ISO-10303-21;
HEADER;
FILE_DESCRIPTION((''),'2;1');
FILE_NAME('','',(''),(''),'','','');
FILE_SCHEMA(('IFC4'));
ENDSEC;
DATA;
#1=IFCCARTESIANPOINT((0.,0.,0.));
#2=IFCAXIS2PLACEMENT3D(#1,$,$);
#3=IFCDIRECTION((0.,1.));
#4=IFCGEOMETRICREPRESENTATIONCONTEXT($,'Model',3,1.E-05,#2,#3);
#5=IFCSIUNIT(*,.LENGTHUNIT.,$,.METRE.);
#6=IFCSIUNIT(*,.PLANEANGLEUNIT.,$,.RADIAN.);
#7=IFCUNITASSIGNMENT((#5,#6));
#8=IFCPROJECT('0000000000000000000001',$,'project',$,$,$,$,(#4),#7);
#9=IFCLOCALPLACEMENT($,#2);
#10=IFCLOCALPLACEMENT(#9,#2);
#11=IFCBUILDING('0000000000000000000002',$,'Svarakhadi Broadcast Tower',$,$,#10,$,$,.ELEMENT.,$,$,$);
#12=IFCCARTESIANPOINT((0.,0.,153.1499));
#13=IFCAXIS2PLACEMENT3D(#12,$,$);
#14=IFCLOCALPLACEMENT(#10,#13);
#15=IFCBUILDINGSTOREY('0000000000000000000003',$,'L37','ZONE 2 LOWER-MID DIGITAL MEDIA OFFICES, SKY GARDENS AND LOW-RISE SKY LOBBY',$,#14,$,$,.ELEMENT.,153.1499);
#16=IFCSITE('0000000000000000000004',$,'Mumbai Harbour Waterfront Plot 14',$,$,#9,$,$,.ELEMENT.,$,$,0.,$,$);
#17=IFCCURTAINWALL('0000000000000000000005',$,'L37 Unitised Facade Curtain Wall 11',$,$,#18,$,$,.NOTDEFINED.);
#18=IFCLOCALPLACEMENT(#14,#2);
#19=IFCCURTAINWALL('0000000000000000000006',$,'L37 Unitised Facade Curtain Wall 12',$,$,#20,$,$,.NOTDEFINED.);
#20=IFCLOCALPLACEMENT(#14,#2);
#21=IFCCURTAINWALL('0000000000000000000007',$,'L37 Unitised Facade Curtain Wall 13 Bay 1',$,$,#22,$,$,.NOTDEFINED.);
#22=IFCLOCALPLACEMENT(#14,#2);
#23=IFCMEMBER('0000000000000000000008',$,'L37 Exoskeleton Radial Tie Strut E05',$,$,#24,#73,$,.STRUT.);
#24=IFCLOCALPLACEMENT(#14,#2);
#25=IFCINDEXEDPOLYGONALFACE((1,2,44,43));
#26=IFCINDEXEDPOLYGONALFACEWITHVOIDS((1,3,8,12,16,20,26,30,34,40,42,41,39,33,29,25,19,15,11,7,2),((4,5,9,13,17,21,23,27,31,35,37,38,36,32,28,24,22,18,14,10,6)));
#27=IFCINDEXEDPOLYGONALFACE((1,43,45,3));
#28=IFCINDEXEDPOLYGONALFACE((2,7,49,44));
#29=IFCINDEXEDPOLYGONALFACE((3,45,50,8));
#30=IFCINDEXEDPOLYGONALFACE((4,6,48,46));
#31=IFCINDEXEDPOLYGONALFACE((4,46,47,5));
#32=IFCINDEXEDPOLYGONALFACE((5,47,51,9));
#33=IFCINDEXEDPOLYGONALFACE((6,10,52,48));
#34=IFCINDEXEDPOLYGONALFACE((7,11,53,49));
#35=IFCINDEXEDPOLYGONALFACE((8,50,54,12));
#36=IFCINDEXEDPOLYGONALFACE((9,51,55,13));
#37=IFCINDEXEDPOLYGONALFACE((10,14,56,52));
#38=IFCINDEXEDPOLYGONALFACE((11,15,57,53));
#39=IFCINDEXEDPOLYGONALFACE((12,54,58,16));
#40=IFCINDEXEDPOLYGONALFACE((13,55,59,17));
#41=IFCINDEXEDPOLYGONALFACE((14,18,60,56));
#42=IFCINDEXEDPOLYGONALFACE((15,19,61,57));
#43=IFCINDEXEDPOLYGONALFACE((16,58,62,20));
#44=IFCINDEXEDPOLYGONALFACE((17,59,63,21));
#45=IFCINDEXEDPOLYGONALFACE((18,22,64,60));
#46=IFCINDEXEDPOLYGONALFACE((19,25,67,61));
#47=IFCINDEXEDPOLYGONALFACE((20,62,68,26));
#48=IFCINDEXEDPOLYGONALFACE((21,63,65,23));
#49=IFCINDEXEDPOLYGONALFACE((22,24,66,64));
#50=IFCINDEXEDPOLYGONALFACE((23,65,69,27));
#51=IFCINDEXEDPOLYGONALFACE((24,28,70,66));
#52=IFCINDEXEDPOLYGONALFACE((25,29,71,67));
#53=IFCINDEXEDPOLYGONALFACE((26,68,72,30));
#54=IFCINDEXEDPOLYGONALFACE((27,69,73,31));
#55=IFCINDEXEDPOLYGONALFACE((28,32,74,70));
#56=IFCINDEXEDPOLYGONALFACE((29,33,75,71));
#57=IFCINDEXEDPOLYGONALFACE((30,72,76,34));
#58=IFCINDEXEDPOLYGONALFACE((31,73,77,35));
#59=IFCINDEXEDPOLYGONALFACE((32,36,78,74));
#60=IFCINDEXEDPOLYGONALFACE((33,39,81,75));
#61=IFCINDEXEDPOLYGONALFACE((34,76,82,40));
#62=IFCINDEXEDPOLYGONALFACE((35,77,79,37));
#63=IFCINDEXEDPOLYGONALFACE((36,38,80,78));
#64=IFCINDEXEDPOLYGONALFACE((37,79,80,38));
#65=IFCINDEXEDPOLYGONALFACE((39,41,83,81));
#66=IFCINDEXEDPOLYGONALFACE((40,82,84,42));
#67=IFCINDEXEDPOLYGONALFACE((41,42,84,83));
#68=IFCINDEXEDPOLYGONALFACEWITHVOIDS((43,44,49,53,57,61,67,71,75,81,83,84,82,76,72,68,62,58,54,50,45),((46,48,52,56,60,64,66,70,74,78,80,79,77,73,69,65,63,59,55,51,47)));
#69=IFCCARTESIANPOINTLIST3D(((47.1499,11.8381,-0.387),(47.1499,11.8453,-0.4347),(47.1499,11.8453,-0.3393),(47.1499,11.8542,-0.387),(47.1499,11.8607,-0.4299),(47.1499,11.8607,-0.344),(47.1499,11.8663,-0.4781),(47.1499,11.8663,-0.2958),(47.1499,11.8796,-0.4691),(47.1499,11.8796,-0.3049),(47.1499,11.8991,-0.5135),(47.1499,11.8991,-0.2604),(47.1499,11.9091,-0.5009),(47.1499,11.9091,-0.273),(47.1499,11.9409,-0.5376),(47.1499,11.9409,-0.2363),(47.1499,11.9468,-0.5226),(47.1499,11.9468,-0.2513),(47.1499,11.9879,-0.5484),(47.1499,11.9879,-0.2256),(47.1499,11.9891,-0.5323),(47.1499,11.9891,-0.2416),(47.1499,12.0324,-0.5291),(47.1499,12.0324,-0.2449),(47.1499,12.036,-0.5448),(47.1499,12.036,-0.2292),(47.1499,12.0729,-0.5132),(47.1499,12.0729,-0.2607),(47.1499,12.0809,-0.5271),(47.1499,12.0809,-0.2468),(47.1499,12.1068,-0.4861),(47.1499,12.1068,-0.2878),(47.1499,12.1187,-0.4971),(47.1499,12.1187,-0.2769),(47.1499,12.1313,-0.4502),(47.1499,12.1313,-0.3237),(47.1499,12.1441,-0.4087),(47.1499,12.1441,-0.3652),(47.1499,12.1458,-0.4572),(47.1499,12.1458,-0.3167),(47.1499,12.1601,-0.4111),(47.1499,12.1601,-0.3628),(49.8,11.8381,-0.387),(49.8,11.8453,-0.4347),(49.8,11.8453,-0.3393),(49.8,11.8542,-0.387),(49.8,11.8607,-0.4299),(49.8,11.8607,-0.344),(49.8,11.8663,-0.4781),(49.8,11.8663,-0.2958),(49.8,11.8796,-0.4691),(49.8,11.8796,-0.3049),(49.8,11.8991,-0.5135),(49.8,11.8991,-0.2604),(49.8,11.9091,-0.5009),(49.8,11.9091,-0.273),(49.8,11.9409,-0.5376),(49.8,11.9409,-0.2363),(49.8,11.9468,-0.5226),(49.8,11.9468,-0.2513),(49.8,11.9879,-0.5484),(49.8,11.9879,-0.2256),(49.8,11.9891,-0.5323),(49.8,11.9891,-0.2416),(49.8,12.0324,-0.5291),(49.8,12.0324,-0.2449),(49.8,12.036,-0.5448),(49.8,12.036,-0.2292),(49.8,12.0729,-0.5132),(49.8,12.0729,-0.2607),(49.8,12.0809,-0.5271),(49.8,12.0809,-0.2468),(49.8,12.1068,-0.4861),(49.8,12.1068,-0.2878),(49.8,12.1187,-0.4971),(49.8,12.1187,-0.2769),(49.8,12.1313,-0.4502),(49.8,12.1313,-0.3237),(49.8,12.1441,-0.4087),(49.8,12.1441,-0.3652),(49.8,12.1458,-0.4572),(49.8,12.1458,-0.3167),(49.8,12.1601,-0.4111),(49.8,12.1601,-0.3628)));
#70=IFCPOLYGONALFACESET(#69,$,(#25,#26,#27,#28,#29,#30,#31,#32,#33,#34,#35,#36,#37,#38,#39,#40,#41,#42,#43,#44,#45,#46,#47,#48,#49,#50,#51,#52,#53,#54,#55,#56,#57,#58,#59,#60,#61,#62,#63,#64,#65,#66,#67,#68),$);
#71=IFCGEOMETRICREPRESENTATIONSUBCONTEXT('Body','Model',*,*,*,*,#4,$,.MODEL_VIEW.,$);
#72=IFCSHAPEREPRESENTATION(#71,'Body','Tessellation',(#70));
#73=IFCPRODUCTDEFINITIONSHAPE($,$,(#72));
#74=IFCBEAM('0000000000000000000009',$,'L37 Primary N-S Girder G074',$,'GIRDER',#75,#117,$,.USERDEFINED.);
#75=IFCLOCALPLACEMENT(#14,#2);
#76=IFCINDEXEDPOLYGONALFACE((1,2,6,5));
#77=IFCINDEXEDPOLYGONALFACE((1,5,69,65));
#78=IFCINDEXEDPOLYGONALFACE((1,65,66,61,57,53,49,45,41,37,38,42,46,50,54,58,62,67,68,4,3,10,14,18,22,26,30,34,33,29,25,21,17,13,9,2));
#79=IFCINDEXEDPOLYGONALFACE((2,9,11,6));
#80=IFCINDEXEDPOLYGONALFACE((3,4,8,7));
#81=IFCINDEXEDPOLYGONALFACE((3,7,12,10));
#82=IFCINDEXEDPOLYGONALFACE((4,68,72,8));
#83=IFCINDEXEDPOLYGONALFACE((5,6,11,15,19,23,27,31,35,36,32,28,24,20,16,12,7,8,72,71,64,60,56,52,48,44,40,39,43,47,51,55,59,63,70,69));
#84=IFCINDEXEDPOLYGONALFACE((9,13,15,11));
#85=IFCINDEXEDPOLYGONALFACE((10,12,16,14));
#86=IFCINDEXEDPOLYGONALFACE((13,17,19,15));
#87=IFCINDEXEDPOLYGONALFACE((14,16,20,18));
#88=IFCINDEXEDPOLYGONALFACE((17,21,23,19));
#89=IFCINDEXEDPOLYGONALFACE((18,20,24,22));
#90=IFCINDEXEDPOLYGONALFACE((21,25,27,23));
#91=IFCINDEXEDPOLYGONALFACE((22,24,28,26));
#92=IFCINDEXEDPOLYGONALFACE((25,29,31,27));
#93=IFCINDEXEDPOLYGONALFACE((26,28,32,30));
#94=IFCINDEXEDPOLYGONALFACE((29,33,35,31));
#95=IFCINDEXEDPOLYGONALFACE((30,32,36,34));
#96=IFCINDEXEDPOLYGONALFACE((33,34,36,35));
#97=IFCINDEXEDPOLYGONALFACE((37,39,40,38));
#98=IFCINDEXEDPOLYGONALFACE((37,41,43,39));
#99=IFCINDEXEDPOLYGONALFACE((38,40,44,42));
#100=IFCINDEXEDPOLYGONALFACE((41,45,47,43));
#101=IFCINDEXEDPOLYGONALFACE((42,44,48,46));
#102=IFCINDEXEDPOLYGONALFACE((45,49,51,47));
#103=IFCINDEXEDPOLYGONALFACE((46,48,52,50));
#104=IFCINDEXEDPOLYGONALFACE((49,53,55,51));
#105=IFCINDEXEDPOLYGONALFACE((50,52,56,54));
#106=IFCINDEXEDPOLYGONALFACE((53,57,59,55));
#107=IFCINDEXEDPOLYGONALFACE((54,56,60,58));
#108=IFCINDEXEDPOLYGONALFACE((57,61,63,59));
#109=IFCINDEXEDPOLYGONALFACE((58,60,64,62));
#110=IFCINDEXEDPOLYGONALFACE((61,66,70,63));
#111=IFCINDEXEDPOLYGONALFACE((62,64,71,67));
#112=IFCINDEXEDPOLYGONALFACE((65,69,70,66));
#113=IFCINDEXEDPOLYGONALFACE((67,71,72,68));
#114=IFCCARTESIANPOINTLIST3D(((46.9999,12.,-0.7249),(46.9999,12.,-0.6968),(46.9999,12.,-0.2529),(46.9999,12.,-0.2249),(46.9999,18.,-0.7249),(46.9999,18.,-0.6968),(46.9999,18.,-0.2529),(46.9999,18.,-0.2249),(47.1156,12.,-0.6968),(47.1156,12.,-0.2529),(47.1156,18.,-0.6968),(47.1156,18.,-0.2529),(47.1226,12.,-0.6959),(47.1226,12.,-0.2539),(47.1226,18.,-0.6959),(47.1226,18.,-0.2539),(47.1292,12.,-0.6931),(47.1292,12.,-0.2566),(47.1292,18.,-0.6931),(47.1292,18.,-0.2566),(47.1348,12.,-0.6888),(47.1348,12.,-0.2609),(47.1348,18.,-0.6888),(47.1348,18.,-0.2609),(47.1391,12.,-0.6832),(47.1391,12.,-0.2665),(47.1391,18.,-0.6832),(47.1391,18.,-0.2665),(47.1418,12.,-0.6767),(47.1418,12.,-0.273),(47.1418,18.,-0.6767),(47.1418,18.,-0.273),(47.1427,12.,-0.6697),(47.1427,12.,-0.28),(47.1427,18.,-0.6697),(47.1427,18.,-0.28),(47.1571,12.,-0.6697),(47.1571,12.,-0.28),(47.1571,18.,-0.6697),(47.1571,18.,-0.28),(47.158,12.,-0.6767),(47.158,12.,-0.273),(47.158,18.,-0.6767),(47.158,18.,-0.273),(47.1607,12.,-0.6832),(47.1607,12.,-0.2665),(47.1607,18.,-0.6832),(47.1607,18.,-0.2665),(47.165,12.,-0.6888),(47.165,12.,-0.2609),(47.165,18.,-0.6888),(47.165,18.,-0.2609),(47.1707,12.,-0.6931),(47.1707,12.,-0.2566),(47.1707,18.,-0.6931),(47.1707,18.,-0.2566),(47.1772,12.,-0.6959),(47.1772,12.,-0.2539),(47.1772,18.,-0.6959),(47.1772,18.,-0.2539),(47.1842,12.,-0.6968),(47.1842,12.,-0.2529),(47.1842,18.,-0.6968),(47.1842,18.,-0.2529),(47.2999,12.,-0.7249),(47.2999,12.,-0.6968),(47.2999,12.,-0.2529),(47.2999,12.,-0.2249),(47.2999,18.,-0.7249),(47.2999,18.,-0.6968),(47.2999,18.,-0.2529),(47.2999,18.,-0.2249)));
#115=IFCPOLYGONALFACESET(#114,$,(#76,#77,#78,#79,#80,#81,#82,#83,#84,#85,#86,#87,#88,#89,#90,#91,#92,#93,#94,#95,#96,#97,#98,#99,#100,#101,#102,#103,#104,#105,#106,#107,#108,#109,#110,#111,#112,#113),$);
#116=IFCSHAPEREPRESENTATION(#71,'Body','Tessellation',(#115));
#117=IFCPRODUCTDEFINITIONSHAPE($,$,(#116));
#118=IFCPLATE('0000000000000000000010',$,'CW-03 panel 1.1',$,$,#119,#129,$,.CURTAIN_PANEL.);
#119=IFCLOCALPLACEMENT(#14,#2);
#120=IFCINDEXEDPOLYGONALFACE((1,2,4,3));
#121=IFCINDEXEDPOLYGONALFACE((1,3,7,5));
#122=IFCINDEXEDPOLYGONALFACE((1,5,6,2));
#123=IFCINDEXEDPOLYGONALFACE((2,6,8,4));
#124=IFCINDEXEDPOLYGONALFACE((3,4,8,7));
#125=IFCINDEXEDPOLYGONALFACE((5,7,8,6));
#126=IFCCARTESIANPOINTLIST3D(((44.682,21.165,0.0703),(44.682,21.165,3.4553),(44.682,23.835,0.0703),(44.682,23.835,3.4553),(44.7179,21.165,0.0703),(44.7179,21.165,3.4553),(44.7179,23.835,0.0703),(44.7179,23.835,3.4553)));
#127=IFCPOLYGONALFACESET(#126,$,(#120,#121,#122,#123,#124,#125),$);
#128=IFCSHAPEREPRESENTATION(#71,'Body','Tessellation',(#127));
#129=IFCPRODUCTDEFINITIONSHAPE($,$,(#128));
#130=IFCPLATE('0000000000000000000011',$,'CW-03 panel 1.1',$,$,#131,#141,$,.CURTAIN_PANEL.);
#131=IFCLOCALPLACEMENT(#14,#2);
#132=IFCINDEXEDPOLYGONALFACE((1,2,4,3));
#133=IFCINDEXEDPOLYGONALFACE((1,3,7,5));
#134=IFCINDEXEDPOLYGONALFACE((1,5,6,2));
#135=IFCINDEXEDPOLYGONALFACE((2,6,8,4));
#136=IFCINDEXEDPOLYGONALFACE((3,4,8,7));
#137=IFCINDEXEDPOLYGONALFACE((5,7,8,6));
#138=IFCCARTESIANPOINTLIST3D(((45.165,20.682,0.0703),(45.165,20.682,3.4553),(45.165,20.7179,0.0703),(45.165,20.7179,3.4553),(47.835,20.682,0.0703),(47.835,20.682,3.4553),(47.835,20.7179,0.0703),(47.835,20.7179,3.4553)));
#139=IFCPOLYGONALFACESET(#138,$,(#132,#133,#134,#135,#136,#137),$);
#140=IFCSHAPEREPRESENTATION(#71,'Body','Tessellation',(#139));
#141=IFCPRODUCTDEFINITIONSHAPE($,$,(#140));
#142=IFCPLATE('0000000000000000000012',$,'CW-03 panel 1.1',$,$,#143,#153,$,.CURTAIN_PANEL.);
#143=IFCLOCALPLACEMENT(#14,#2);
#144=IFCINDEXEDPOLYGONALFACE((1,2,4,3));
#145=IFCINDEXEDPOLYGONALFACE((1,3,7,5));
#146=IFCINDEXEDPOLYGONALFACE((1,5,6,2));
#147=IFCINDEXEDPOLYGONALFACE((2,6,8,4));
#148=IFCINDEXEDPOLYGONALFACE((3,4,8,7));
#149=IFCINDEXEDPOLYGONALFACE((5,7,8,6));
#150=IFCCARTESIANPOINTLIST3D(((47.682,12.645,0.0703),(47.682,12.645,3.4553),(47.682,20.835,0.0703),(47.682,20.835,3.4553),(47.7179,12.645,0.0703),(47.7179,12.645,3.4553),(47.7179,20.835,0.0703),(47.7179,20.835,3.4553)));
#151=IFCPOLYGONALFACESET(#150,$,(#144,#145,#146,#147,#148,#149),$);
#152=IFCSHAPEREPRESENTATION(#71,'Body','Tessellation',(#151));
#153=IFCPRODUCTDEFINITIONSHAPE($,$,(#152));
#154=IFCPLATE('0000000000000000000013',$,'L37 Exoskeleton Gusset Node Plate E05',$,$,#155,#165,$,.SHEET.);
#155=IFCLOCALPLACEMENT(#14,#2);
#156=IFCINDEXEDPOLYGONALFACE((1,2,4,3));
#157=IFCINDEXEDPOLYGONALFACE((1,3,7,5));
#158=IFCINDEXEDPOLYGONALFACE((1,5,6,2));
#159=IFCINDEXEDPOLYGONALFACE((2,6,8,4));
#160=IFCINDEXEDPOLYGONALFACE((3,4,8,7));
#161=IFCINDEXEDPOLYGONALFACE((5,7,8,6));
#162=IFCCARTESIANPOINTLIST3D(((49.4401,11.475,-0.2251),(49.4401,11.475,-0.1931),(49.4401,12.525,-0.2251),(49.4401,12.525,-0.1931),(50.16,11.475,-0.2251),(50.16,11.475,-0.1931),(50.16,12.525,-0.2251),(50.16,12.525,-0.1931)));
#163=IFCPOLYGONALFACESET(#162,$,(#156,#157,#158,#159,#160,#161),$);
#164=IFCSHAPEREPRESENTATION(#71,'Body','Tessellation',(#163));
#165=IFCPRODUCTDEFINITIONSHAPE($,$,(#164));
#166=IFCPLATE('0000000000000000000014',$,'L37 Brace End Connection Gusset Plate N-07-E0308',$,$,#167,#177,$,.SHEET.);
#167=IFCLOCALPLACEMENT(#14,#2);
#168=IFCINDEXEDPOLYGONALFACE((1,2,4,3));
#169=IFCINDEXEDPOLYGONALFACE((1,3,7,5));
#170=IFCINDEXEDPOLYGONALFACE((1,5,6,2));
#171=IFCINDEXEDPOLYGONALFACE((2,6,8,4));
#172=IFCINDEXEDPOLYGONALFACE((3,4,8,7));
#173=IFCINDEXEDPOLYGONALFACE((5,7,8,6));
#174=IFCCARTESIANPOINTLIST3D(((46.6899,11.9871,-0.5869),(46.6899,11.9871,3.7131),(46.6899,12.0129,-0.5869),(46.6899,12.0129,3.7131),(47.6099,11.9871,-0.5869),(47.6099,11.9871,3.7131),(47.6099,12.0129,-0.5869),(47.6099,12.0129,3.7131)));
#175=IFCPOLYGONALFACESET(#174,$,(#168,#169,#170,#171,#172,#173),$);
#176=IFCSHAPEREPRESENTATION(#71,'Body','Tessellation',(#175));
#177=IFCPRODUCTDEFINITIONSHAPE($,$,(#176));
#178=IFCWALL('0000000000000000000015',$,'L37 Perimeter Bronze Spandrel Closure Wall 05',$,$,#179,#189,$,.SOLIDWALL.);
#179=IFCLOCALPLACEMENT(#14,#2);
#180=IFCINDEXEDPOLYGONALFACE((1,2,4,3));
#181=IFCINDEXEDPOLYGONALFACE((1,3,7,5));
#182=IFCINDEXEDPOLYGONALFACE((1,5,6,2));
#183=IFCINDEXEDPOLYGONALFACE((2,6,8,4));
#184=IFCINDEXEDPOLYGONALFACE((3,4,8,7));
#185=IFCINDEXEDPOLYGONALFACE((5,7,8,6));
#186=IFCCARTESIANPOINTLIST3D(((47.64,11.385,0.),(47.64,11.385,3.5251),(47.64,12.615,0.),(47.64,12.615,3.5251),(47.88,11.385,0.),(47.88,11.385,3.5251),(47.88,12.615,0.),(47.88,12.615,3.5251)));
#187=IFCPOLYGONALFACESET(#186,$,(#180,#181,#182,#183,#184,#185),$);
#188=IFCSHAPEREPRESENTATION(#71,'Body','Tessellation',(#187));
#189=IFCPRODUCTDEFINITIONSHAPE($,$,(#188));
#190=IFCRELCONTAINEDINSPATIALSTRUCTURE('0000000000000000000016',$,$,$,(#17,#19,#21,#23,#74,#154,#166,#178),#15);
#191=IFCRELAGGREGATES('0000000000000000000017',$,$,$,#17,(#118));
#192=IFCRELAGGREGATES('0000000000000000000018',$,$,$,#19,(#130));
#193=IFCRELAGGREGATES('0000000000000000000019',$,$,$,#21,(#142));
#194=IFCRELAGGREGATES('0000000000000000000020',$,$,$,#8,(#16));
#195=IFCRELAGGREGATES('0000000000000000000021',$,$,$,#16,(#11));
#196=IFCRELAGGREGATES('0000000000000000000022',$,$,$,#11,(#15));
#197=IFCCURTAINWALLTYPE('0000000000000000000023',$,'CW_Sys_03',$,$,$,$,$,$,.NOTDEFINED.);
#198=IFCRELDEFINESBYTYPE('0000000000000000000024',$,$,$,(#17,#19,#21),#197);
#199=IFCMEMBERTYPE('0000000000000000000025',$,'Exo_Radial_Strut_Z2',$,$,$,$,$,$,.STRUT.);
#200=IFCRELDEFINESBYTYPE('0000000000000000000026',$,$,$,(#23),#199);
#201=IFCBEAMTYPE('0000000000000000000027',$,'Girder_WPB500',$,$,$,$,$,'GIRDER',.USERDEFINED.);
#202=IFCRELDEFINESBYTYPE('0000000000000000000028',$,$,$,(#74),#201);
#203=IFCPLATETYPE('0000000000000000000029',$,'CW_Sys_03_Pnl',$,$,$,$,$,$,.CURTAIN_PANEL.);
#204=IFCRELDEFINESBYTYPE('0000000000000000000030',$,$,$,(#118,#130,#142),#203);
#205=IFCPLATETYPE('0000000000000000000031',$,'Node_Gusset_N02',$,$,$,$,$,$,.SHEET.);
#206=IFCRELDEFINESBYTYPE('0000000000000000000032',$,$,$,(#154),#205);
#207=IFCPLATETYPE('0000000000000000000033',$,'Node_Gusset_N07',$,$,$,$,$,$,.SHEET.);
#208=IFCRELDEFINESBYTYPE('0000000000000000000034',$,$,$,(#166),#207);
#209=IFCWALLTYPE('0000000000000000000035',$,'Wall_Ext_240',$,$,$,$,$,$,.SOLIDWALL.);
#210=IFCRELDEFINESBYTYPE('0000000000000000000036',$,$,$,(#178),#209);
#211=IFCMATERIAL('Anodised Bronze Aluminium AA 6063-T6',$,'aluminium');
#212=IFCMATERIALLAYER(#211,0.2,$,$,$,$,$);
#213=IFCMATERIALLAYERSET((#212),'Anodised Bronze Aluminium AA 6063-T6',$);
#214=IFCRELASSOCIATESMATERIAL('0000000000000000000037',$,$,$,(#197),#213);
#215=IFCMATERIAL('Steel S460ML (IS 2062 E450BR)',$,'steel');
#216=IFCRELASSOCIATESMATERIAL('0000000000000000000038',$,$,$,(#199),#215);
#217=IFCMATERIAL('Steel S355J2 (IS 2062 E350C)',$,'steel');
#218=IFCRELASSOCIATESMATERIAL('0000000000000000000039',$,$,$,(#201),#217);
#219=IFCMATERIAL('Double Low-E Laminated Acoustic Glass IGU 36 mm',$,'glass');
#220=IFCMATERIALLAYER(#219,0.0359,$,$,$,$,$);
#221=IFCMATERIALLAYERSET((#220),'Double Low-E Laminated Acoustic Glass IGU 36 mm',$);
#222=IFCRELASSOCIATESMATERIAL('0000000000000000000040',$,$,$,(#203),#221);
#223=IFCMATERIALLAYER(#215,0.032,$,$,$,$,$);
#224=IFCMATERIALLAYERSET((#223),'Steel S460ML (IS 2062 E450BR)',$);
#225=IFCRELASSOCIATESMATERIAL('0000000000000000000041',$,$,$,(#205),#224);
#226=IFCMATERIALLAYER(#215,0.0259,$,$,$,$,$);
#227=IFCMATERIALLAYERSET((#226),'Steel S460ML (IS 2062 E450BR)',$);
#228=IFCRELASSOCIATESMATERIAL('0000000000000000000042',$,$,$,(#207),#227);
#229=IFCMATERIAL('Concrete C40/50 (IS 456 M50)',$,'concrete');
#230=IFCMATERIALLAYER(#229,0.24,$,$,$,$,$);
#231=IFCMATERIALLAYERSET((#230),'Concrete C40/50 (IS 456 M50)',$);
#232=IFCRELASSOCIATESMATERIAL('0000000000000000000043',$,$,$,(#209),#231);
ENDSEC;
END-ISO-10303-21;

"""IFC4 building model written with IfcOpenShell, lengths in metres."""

from ifc_helpers import new_model, si_unit, direction, frame, frame_2d, origin, origin_2d, place, context, subcontext, project, spatial, rectangle, hollow_circle, i_section, extrude, material, layer, layer_set, material_profile, profile_set, type_object, element, aggregate, save


model = new_model("IFC4")

# Units and contexts
model_context = context("Model", 3, precision=1e-05, world=origin(), true_north=direction((0.0, 1.0)))
body_context = subcontext(model_context, "Body", "Model", "MODEL_VIEW")
ifc_project = project(units=[si_unit("LENGTHUNIT", "METRE"), si_unit("PLANEANGLEUNIT", "RADIAN")], contexts=[model_context])

# Site, building, storey
site_placement = place(None, origin())
site = spatial("IfcSite", under=ifc_project, at=site_placement, Name="Mumbai Harbour Waterfront Plot 14", CompositionType="ELEMENT", RefElevation=0.0)
building_placement = place(site_placement, origin())
building = spatial("IfcBuilding", under=site, at=building_placement, Name="Svarakhadi Broadcast Tower", CompositionType="ELEMENT")
storey_placement = place(building_placement, frame((0.0, 0.0, 153.1499)))
storey = spatial("IfcBuildingStorey", under=building, at=storey_placement, Name="L37", Description="ZONE 2 LOWER-MID DIGITAL MEDIA OFFICES, SKY GARDENS AND LOW-RISE SKY LOBBY", CompositionType="ELEMENT", Elevation=153.1499)

# Shared definitions
ifc_material_1 = material(Name="Steel S460ML (IS 2062 E450BR)", Category="steel")

# Shared definitions
ifc_material_2 = material(Name="Steel S355J2 (IS 2062 E350C)", Category="steel")

# Shared definitions
ifc_material_3 = material(Name="Anodised Bronze Aluminium AA 6063-T6", Category="aluminium")
ifc_layer_1 = layer(ifc_material_3, 0.2)
ifc_layer_set_1 = layer_set([ifc_layer_1], Name="Anodised Bronze Aluminium AA 6063-T6")
curtain_wall_type = type_object("IfcCurtainWallType", Name="CW_Sys_03", PredefinedType="NOTDEFINED", material=ifc_layer_set_1)

# Curtain walls
curtain_wall_1_placement = place(storey_placement, origin())
curtain_wall_1 = element("IfcCurtainWall", 1, at=curtain_wall_1_placement, inside=storey, type_object=curtain_wall_type, Name="L37 Unitised Facade Curtain Wall 11", PredefinedType="NOTDEFINED")
curtain_wall_2_placement = place(storey_placement, origin())
curtain_wall_2 = element("IfcCurtainWall", 2, at=curtain_wall_2_placement, inside=storey, type_object=curtain_wall_type, Name="L37 Unitised Facade Curtain Wall 12", PredefinedType="NOTDEFINED")
curtain_wall_3_placement = place(storey_placement, origin())
curtain_wall_3 = element("IfcCurtainWall", 3, at=curtain_wall_3_placement, inside=storey, type_object=curtain_wall_type, Name="L37 Unitised Facade Curtain Wall 13 Bay 1", PredefinedType="NOTDEFINED")

# Member
ifc_material_profile_1 = material_profile(ifc_material_1, hollow_circle(Radius=0.1619, WallThickness=0.0161, at=origin_2d()), Name="CHS 323.9x16")
ifc_profile_set_1 = profile_set([ifc_material_profile_1], Name="Steel S460ML (IS 2062 E450BR)")
member_type_1 = type_object("IfcMemberType", Name="Exo_Radial_Strut_Z2", PredefinedType="STRUT", material=ifc_profile_set_1)
member_1_placement = place(storey_placement, frame((49.8, 12.0, -0.387), z_axis=(-1.0, 0.0, 0.0), x_axis=(0.0, -1.0, 0.0)))
element("IfcMember", 4, at=member_1_placement, inside=storey, type_object=member_type_1, Name="L37 Exoskeleton Radial Tie Strut E05", PredefinedType="STRUT", context=body_context, shape_type="SweptSolid", body=[
    extrude(hollow_circle(Radius=0.1619, WallThickness=0.0161, at=origin_2d()), origin(), (0.0, 0.0, 1.0), 2.6501),
])

# Beam
ifc_material_profile_2 = material_profile(ifc_material_2, i_section(OverallWidth=0.3, OverallDepth=0.5, WebThickness=0.0144, FlangeThickness=0.0281, FilletRadius=0.0271, at=origin_2d()), Name="WPB 500x300x187")
ifc_profile_set_2 = profile_set([ifc_material_profile_2], Name="Steel S355J2 (IS 2062 E350C)")
beam_type_1 = type_object("IfcBeamType", Name="Girder_WPB500", ElementType="GIRDER", PredefinedType="USERDEFINED", material=ifc_profile_set_2)
beam_1_placement = place(storey_placement, frame((47.1499, 12.0, -0.4749), z_axis=(0.0, 1.0, 0.0), x_axis=(-1.0, 0.0, 0.0)))
element("IfcBeam", 5, at=beam_1_placement, inside=storey, type_object=beam_type_1, Name="L37 Primary N-S Girder G074", ObjectType="GIRDER", PredefinedType="USERDEFINED", context=body_context, shape_type="SweptSolid", body=[
    extrude(i_section(OverallWidth=0.3, OverallDepth=0.5, WebThickness=0.0144, FlangeThickness=0.0281, FilletRadius=0.0271, at=origin_2d()), origin(), (0.0, 0.0, 1.0), 6.0),
])

# Plates
ifc_material_4 = material(Name="Double Low-E Laminated Acoustic Glass IGU 36 mm", Category="glass")
ifc_layer_2 = layer(ifc_material_4, 0.0359)
ifc_layer_set_2 = layer_set([ifc_layer_2], Name="Double Low-E Laminated Acoustic Glass IGU 36 mm")
plate_type_1 = type_object("IfcPlateType", Name="CW_Sys_03_Pnl", PredefinedType="CURTAIN_PANEL", material=ifc_layer_set_2)
plate_1_placement = place(storey_placement, frame((44.7, 22.5, 0.0703), z_axis=(0.0, 0.0, 1.0), x_axis=(0.0, -1.0, 0.0)))
plate_1 = element("IfcPlate", 6, at=plate_1_placement, type_object=plate_type_1, Name="CW-03 panel 1.1", PredefinedType="CURTAIN_PANEL", context=body_context, shape_type="SweptSolid", body=[
    extrude(rectangle(XDim=2.6699, YDim=0.0359, at=origin_2d()), origin(), (0.0, 0.0, 1.0), 3.385),
])
aggregate(curtain_wall_1, [plate_1])
plate_2_placement = place(storey_placement, frame((46.5, 20.7, 0.0703), z_axis=(0.0, 0.0, 1.0), x_axis=(1.0, 0.0, 0.0)))
plate_2 = element("IfcPlate", 7, at=plate_2_placement, type_object=plate_type_1, Name="CW-03 panel 1.1", PredefinedType="CURTAIN_PANEL", context=body_context, shape_type="SweptSolid", body=[
    extrude(rectangle(XDim=2.6699, YDim=0.0359, at=origin_2d()), origin(), (0.0, 0.0, 1.0), 3.385),
])
aggregate(curtain_wall_2, [plate_2])
plate_3_placement = place(storey_placement, frame((47.7, 16.74, 0.0703), z_axis=(0.0, 0.0, 1.0), x_axis=(0.0, -1.0, 0.0)))
plate_3 = element("IfcPlate", 8, at=plate_3_placement, type_object=plate_type_1, Name="CW-03 panel 1.1", PredefinedType="CURTAIN_PANEL", context=body_context, shape_type="SweptSolid", body=[
    extrude(rectangle(XDim=8.1899, YDim=0.0359, at=origin_2d()), origin(), (0.0, 0.0, 1.0), 3.385),
])
aggregate(curtain_wall_3, [plate_3])

# Plates
ifc_layer_3 = layer(ifc_material_1, 0.032)
ifc_layer_set_3 = layer_set([ifc_layer_3], Name="Steel S460ML (IS 2062 E450BR)")
plate_type_2 = type_object("IfcPlateType", Name="Node_Gusset_N02", PredefinedType="SHEET", material=ifc_layer_set_3)
plate_4_placement = place(storey_placement, frame((49.8, 12.0, -0.2251), z_axis=(0.0, 0.0, 1.0), x_axis=(0.0, 1.0, 0.0)))
element("IfcPlate", 9, at=plate_4_placement, inside=storey, type_object=plate_type_2, Name="L37 Exoskeleton Gusset Node Plate E05", PredefinedType="SHEET", context=body_context, shape_type="SweptSolid", body=[
    extrude(rectangle(XDim=1.05, YDim=0.72, at=origin_2d()), origin(), (0.0, 0.0, 1.0), 0.032),
])
ifc_layer_4 = layer(ifc_material_1, 0.0259)
ifc_layer_set_4 = layer_set([ifc_layer_4], Name="Steel S460ML (IS 2062 E450BR)")
plate_type_3 = type_object("IfcPlateType", Name="Node_Gusset_N07", PredefinedType="SHEET", material=ifc_layer_set_4)
plate_5_placement = place(storey_placement, frame((47.1499, 12.0, -0.5869), z_axis=(0.0, 0.0, 1.0), x_axis=(1.0, 0.0, 0.0)))
element("IfcPlate", 10, at=plate_5_placement, inside=storey, type_object=plate_type_3, Name="L37 Brace End Connection Gusset Plate N-07-E0308", PredefinedType="SHEET", context=body_context, shape_type="SweptSolid", body=[
    extrude(rectangle(XDim=0.9199, YDim=0.0259, at=origin_2d()), origin(), (0.0, 0.0, 1.0), 4.3),
])

# Wall
ifc_material_5 = material(Name="Concrete C40/50 (IS 456 M50)", Category="concrete")
ifc_layer_5 = layer(ifc_material_5, 0.24)
ifc_layer_set_5 = layer_set([ifc_layer_5], Name="Concrete C40/50 (IS 456 M50)")
wall_type_1 = type_object("IfcWallType", Name="Wall_Ext_240", PredefinedType="SOLIDWALL", material=ifc_layer_set_5)
wall_1_placement = place(storey_placement, frame((47.76, 12.615, 0.0), z_axis=(0.0, 0.0, 1.0), x_axis=(0.0, -1.0, 0.0)))
element("IfcWall", 11, at=wall_1_placement, inside=storey, type_object=wall_type_1, Name="L37 Perimeter Bronze Spandrel Closure Wall 05", PredefinedType="SOLIDWALL", context=body_context, shape_type="SweptSolid", body=[
    extrude(rectangle(XDim=1.23, YDim=0.24, at=frame_2d((0.615, 0.0))), origin(), (0.0, 0.0, 1.0), 3.5251),
])

save(model, "model.ifc")
